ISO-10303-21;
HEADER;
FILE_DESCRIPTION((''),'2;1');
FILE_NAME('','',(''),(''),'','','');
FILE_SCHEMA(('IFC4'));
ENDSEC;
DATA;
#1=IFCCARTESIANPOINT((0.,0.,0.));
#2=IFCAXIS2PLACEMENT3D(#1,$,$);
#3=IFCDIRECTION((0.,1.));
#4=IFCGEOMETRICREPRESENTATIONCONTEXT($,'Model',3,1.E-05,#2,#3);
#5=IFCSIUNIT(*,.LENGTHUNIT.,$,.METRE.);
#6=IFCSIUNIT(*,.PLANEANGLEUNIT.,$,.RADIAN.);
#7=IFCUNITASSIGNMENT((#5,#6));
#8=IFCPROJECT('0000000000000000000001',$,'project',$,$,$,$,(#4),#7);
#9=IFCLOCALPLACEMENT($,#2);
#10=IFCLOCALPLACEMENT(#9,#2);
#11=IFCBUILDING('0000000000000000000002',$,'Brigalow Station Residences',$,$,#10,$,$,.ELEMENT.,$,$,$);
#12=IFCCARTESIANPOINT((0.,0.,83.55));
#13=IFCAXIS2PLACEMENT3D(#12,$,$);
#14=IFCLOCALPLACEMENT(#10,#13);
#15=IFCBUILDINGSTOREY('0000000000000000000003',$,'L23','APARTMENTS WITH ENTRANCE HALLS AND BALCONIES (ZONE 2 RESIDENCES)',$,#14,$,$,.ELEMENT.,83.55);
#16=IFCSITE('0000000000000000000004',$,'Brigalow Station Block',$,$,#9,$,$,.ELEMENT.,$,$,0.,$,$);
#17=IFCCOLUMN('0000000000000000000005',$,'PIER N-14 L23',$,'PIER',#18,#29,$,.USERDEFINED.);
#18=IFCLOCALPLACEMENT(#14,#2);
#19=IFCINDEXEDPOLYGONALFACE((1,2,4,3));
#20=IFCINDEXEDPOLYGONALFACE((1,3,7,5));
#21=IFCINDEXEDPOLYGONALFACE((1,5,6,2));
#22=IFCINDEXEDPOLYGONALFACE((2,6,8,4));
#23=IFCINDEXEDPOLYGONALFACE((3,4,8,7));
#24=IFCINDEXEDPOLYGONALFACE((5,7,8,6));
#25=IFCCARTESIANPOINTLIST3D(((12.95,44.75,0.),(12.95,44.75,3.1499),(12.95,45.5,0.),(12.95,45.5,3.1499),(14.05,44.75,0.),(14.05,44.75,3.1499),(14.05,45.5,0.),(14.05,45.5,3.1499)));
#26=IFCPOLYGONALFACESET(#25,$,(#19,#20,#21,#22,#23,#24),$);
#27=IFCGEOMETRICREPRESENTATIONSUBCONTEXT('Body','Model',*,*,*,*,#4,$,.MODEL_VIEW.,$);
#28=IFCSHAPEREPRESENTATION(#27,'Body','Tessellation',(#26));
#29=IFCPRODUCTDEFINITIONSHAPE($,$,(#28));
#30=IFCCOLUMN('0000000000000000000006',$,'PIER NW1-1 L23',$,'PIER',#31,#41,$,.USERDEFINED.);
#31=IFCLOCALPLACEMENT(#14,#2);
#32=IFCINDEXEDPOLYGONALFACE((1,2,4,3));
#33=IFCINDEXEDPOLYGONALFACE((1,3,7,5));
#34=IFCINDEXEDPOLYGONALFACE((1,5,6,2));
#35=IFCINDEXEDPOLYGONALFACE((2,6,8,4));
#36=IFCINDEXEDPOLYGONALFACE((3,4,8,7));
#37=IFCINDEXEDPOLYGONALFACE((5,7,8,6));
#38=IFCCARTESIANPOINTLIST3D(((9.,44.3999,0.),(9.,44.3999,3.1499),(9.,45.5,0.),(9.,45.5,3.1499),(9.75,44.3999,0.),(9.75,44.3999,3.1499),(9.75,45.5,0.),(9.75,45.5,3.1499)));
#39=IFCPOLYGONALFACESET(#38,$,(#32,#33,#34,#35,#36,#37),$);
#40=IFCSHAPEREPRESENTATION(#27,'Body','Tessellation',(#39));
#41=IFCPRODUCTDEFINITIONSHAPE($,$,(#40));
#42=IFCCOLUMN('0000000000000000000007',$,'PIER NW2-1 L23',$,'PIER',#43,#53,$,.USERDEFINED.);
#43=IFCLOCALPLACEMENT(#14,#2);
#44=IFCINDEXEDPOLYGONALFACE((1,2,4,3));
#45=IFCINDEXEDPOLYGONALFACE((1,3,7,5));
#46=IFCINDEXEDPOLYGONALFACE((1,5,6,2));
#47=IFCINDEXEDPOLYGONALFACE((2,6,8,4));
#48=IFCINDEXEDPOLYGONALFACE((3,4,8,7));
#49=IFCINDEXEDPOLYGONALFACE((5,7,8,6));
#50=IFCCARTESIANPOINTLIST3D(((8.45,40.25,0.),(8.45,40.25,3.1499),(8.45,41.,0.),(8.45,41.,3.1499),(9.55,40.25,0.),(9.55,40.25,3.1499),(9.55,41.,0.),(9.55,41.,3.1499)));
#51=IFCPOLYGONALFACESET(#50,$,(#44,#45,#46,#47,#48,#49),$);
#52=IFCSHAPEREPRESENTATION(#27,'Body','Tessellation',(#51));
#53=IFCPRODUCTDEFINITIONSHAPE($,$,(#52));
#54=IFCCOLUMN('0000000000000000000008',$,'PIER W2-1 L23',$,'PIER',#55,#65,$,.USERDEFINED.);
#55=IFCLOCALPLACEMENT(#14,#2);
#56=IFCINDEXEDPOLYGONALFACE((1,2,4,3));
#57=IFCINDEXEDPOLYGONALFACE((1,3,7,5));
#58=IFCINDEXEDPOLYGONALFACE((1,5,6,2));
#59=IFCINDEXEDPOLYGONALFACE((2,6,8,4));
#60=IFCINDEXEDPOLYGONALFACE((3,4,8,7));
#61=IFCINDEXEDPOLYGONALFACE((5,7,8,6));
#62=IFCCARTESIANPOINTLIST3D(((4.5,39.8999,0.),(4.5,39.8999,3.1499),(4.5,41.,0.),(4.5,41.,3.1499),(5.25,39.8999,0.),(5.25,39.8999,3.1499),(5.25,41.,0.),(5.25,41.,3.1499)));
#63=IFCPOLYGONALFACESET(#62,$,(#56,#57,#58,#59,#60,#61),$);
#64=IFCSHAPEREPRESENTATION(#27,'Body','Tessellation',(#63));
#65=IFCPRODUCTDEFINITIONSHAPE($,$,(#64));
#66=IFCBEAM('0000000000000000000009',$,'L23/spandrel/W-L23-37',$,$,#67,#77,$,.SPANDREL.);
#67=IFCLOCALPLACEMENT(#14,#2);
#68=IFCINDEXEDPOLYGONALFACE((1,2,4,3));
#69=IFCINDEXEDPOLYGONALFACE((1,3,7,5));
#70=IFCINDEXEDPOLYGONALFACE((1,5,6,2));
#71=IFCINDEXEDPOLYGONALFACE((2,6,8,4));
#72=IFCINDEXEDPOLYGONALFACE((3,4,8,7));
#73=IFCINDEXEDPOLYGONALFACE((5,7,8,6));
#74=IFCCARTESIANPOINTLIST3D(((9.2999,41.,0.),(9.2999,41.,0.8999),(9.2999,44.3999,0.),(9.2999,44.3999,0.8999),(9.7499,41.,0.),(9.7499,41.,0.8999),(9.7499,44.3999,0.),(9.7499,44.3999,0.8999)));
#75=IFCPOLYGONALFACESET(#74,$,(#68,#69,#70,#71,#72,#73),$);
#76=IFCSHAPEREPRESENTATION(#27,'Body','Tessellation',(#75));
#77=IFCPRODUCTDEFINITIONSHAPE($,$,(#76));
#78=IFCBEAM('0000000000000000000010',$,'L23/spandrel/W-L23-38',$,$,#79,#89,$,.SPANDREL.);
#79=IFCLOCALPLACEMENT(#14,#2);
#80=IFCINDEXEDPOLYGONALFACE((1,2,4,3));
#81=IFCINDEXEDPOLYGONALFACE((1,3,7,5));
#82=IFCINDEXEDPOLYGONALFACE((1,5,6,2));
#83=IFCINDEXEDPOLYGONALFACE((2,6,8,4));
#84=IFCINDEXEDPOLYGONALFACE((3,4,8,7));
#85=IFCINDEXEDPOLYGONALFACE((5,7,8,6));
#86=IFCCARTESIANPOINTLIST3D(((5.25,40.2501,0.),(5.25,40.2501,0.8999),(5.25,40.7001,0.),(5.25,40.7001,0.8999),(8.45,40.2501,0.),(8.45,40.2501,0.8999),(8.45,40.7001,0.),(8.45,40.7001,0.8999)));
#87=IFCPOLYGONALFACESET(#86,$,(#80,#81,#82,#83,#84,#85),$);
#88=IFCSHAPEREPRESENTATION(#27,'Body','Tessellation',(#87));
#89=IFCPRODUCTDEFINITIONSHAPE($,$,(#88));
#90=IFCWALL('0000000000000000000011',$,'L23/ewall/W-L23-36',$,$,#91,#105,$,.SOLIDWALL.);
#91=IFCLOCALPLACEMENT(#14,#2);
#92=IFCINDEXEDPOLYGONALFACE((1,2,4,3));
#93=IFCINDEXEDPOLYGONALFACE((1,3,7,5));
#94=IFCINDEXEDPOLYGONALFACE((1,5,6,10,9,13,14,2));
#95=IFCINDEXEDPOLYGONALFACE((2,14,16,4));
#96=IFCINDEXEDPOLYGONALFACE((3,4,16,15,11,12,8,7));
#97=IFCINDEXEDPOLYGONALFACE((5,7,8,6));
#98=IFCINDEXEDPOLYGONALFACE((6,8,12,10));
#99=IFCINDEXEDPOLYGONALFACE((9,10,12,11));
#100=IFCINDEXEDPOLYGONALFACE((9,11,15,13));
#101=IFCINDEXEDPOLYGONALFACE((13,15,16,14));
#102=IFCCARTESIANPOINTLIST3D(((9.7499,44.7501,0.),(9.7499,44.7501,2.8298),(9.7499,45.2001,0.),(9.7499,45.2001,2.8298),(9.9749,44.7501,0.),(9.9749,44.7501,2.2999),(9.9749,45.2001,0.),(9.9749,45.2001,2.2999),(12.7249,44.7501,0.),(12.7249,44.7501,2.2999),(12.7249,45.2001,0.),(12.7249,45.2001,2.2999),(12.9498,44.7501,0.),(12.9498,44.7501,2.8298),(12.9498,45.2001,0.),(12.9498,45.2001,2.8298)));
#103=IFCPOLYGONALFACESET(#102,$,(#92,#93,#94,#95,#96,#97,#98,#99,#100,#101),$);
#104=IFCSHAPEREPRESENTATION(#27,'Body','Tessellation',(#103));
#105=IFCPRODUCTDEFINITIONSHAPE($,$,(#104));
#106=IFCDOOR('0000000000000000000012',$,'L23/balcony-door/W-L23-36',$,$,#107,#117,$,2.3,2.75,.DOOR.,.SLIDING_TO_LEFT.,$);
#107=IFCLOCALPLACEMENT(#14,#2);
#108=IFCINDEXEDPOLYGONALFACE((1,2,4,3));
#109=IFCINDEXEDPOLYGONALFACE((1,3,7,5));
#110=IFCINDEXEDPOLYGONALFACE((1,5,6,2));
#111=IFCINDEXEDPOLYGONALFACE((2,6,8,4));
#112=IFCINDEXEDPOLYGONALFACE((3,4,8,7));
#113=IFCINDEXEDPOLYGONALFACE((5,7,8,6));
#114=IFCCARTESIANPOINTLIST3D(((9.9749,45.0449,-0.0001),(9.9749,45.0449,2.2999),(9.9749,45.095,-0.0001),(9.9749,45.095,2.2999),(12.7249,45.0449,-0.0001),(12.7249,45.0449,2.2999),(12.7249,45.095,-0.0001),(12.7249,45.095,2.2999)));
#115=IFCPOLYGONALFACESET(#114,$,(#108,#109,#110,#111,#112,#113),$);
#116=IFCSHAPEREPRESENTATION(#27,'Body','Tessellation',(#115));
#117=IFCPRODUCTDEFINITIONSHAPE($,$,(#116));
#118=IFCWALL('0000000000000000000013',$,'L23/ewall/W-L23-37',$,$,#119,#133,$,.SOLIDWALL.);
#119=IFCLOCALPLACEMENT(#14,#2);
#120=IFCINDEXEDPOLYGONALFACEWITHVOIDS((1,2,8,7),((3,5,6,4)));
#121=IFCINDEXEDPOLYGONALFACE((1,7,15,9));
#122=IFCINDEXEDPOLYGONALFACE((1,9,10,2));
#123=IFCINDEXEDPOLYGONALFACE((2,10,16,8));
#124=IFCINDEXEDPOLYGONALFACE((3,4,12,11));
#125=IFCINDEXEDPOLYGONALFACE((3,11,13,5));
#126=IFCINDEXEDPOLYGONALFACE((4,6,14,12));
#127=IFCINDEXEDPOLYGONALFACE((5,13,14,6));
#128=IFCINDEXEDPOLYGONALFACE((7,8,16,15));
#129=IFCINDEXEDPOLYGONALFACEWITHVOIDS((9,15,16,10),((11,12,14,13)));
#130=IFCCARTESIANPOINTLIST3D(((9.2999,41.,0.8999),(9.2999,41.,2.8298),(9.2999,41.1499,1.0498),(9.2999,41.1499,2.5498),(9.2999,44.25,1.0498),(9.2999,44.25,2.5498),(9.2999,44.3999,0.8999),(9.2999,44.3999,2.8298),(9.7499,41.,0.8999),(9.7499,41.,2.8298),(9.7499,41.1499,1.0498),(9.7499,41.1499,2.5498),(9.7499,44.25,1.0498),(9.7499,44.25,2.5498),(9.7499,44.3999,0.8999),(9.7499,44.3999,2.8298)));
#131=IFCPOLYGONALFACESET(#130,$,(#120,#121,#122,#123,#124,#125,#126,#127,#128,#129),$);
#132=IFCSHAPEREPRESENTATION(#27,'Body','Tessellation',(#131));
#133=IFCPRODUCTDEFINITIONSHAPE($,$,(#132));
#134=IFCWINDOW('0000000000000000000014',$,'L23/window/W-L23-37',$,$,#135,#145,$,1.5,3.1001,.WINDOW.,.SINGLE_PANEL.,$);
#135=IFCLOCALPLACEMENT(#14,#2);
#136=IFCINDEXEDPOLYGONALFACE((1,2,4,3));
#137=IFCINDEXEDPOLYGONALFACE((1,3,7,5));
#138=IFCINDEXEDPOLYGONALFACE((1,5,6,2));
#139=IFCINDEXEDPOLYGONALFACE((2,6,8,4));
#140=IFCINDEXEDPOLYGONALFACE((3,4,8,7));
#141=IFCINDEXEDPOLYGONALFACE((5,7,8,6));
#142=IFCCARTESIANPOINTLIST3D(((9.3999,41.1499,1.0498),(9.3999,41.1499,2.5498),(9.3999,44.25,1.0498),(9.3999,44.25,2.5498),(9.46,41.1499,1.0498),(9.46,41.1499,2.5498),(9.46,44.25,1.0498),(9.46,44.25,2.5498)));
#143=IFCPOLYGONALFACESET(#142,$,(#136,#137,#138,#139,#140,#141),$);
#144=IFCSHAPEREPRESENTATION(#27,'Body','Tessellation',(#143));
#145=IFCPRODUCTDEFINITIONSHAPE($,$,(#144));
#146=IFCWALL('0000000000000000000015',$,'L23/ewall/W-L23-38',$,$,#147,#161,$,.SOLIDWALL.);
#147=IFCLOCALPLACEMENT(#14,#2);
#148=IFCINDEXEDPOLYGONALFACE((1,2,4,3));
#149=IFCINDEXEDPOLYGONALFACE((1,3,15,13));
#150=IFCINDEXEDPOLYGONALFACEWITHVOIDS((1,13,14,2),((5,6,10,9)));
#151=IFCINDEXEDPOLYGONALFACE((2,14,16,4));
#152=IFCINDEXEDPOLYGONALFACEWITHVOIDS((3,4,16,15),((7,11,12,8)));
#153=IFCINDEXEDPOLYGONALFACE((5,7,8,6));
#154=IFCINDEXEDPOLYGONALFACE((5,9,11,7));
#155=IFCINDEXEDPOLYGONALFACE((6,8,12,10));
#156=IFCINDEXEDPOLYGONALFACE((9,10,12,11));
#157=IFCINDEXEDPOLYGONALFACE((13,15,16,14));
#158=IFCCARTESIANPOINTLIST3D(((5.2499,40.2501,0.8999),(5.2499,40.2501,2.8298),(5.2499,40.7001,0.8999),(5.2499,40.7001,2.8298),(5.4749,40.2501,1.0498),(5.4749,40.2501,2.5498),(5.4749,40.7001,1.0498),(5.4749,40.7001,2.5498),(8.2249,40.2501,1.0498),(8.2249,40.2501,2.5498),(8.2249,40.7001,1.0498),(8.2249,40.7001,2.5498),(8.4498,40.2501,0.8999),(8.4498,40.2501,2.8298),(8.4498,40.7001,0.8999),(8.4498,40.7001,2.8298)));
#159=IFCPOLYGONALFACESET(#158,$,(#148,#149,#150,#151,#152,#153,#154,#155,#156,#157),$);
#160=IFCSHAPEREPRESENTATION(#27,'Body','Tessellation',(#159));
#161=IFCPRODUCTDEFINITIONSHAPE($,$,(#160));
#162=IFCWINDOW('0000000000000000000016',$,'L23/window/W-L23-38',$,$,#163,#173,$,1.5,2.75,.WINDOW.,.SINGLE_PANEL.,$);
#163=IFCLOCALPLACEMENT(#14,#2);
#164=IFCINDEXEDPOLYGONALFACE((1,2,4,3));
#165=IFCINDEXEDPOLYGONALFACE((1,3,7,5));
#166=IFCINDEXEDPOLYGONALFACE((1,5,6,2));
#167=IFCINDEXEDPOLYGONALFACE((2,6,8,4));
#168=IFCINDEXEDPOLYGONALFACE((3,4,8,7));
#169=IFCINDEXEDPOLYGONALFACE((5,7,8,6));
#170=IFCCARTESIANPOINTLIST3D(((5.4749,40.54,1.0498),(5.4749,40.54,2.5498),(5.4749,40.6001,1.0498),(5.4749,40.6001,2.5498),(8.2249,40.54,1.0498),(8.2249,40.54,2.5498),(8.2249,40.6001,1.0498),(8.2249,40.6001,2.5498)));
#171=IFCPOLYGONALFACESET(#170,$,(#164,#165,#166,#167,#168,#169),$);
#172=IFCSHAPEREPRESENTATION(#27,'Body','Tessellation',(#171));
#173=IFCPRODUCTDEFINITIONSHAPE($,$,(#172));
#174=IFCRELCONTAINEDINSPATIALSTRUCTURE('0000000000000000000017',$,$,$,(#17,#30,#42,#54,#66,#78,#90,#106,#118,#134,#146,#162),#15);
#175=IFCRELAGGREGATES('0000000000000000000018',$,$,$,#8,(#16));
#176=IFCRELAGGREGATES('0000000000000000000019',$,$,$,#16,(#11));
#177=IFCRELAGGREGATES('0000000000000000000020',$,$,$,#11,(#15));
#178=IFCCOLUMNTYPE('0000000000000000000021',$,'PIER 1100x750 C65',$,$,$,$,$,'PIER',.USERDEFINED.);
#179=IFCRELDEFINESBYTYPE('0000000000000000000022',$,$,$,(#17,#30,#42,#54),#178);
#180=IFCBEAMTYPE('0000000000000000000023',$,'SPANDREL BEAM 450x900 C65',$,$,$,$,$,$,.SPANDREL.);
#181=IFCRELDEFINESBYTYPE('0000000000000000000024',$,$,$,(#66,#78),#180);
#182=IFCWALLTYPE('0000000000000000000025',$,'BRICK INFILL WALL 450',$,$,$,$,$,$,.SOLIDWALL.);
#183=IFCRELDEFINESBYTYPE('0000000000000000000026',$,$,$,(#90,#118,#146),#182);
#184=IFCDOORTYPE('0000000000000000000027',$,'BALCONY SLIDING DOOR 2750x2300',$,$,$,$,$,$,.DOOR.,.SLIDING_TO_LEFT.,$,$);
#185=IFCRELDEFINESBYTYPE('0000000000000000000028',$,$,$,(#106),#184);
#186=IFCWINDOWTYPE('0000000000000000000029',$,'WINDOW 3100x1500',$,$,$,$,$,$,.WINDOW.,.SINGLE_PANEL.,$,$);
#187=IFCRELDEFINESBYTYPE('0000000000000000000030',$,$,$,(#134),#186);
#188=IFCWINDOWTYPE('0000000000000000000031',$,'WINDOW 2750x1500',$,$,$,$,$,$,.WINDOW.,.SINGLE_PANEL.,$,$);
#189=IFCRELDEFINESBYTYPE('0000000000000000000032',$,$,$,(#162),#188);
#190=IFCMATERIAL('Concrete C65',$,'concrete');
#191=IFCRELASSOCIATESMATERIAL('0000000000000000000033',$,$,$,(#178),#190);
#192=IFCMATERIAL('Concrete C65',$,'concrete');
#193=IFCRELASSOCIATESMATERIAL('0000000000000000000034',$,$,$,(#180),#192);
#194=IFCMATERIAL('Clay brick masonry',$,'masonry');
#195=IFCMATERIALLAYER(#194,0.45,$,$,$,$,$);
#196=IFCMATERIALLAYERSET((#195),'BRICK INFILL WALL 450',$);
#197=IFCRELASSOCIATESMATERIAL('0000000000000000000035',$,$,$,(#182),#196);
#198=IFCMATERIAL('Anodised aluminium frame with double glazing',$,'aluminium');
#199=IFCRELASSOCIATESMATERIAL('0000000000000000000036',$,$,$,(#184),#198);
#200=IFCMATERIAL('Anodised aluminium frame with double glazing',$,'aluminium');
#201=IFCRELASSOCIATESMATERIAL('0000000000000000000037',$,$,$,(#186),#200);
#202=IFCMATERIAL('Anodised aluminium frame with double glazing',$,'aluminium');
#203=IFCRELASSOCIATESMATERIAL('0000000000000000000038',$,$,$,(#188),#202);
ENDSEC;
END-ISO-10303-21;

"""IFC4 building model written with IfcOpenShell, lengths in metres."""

from ifc_helpers import new_model, si_unit, direction, frame, frame_2d, origin, origin_2d, place, context, subcontext, project, spatial, rectangle, extrude, material, layer, layer_set, material_profile, profile_set, type_object, element, fill, save


model = new_model("IFC4")

# Units and contexts
model_context = context("Model", 3, precision=1e-05, world=origin(), true_north=direction((0.0, 1.0)))
body_context = subcontext(model_context, "Body", "Model", "MODEL_VIEW")
ifc_project = project(units=[si_unit("LENGTHUNIT", "METRE"), si_unit("PLANEANGLEUNIT", "RADIAN")], contexts=[model_context])

# Site, building, storey
site_placement = place(None, origin())
site = spatial("IfcSite", under=ifc_project, at=site_placement, Name="Brigalow Station Block", CompositionType="ELEMENT", RefElevation=0.0)
building_placement = place(site_placement, origin())
building = spatial("IfcBuilding", under=site, at=building_placement, Name="Brigalow Station Residences", CompositionType="ELEMENT")
storey_placement = place(building_placement, frame((0.0, 0.0, 83.55)))
storey = spatial("IfcBuildingStorey", under=building, at=storey_placement, Name="L23", Description="APARTMENTS WITH ENTRANCE HALLS AND BALCONIES (ZONE 2 RESIDENCES)", CompositionType="ELEMENT", Elevation=83.55)

# Columns
ifc_material_1 = material(Name="Concrete C65", Category="concrete")
ifc_material_profile_1 = material_profile(ifc_material_1, rectangle(XDim=1.1001, YDim=0.75, at=origin_2d()), Name="RC1100x750")
ifc_profile_set_1 = profile_set([ifc_material_profile_1], Name="Concrete C65")
column_type = type_object("IfcColumnType", Name="PIER 1100x750 C65", ElementType="PIER", PredefinedType="USERDEFINED", material=ifc_profile_set_1)
for number, where, z_axis, x_axis, name in (
    (1, (13.5, 45.125, 0.0), (0.0, 0.0, 1.0), (-1.0, 0.0, 0.0), "PIER N-14 L23"),
    (2, (9.375, 44.95, 0.0), (0.0, 0.0, 1.0), (0.0, -1.0, 0.0), "PIER NW1-1 L23"),
    (3, (9.0, 40.625, 0.0), (0.0, 0.0, 1.0), (-1.0, 0.0, 0.0), "PIER NW2-1 L23"),
    (4, (4.875, 40.45, 0.0), (0.0, 0.0, 1.0), (0.0, -1.0, 0.0), "PIER W2-1 L23"),
):
    element("IfcColumn", number, at=place(storey_placement, frame(where, z_axis=z_axis, x_axis=x_axis)), inside=storey, type_object=column_type, Name=name, ObjectType="PIER", PredefinedType="USERDEFINED", context=body_context, shape_type="SweptSolid", body=[
        extrude(rectangle(XDim=1.1001, YDim=0.75, at=origin_2d()), origin(), (0.0, 0.0, 1.0), 3.1499),
    ])

# Beams
ifc_material_2 = material(Name="Concrete C65", Category="concrete")
ifc_material_profile_2 = material_profile(ifc_material_2, rectangle(XDim=0.45, YDim=0.8999, at=origin_2d()), Name="RC450x900")
ifc_profile_set_2 = profile_set([ifc_material_profile_2], Name="Concrete C65")
beam_type = type_object("IfcBeamType", Name="SPANDREL BEAM 450x900 C65", PredefinedType="SPANDREL", material=ifc_profile_set_2)
beam_1_placement = place(storey_placement, frame((9.5249, 44.3999, 0.45), z_axis=(0.0, -1.0, 0.0), x_axis=(1.0, 0.0, 0.0)))
element("IfcBeam", 5, at=beam_1_placement, inside=storey, type_object=beam_type, Name="L23/spandrel/W-L23-37", PredefinedType="SPANDREL", context=body_context, shape_type="SweptSolid", body=[
    extrude(rectangle(XDim=0.45, YDim=0.8999, at=origin_2d()), origin(), (0.0, 0.0, 1.0), 3.3999),
])
beam_2_placement = place(storey_placement, frame((8.45, 40.4751, 0.45), z_axis=(-1.0, 0.0, 0.0), x_axis=(0.0, -1.0, 0.0)))
element("IfcBeam", 6, at=beam_2_placement, inside=storey, type_object=beam_type, Name="L23/spandrel/W-L23-38", PredefinedType="SPANDREL", context=body_context, shape_type="SweptSolid", body=[
    extrude(rectangle(XDim=0.45, YDim=0.8999, at=origin_2d()), origin(), (0.0, 0.0, 1.0), 3.2),
])

# Wall, opening, door
ifc_material_3 = material(Name="Clay brick masonry", Category="masonry")
ifc_layer_1 = layer(ifc_material_3, 0.45)
ifc_layer_set_1 = layer_set([ifc_layer_1], Name="BRICK INFILL WALL 450")
wall_type_1 = type_object("IfcWallType", Name="BRICK INFILL WALL 450", PredefinedType="SOLIDWALL", material=ifc_layer_set_1)
wall_1_placement = place(storey_placement, frame((12.95, 44.9751, 0.0), z_axis=(0.0, 0.0, 1.0), x_axis=(-1.0, 0.0, 0.0)))
wall_1 = element("IfcWall", 7, at=wall_1_placement, inside=storey, type_object=wall_type_1, Name="L23/ewall/W-L23-36", PredefinedType="SOLIDWALL", context=body_context, shape_type="SweptSolid", body=[
    extrude(rectangle(XDim=3.2, YDim=0.45, at=frame_2d((1.6001, 0.0))), origin(), (0.0, 0.0, 1.0), 2.8298),
])
opening_1_placement = place(wall_1_placement, frame((0.2251, 0.0, 0.0)))
opening_1 = element("IfcOpeningElement", 8, at=opening_1_placement, cuts=wall_1, PredefinedType="OPENING", context=body_context, shape_type="SweptSolid", body=[
    extrude(rectangle(XDim=2.75, YDim=2.3, at=frame_2d((1.375, 1.1499))), frame((0.0, 0.2349, 0.0), z_axis=(0.0, -1.0, 0.0), x_axis=(1.0, 0.0, 0.0)), (0.0, 0.0, 1.0), 0.47),
])
ifc_material_4 = material(Name="Anodised aluminium frame with double glazing", Category="aluminium")
door_type_1 = type_object("IfcDoorType", Name="BALCONY SLIDING DOOR 2750x2300", OperationType="SLIDING_TO_LEFT", PredefinedType="DOOR", material=ifc_material_4)
door_1_placement = place(opening_1_placement, origin())
door_1 = element("IfcDoor", 9, at=door_1_placement, inside=storey, type_object=door_type_1, Name="L23/balcony-door/W-L23-36", OperationType="SLIDING_TO_LEFT", OverallHeight=2.3, OverallWidth=2.75, PredefinedType="DOOR", context=body_context, shape_type="SweptSolid", body=[
    extrude(rectangle(XDim=2.75, YDim=2.3, at=frame_2d((1.375, 1.1499))), frame((0.0, -0.0698, 0.0), z_axis=(0.0, -1.0, 0.0), x_axis=(1.0, 0.0, 0.0)), (0.0, 0.0, 1.0), 0.05),
])
fill(opening_1, door_1)

# Walls, openings, windows
wall_2_placement = place(storey_placement, frame((9.5249, 44.3999, 0.8999), z_axis=(0.0, 0.0, 1.0), x_axis=(0.0, -1.0, 0.0)))
wall_2 = element("IfcWall", 10, at=wall_2_placement, inside=storey, type_object=wall_type_1, Name="L23/ewall/W-L23-37", PredefinedType="SOLIDWALL", context=body_context, shape_type="SweptSolid", body=[
    extrude(rectangle(XDim=3.3999, YDim=0.45, at=frame_2d((1.7, 0.0))), origin(), (0.0, 0.0, 1.0), 1.9299),
])
opening_2_placement = place(wall_2_placement, frame((0.1499, 0.0, 0.1499)))
opening_2 = element("IfcOpeningElement", 11, at=opening_2_placement, cuts=wall_2, PredefinedType="OPENING", context=body_context, shape_type="SweptSolid", body=[
    extrude(rectangle(XDim=3.1001, YDim=1.5, at=frame_2d((1.55, 0.75))), frame((0.0, 0.2349, 0.0), z_axis=(0.0, -1.0, 0.0), x_axis=(1.0, 0.0, 0.0)), (0.0, 0.0, 1.0), 0.47),
])
ifc_material_5 = material(Name="Anodised aluminium frame with double glazing", Category="aluminium")
window_type_1 = type_object("IfcWindowType", Name="WINDOW 3100x1500", PartitioningType="SINGLE_PANEL", PredefinedType="WINDOW", material=ifc_material_5)
window_1_placement = place(opening_2_placement, origin())
window_1 = element("IfcWindow", 12, at=window_1_placement, inside=storey, type_object=window_type_1, Name="L23/window/W-L23-37", OverallHeight=1.5, OverallWidth=3.1001, PartitioningType="SINGLE_PANEL", PredefinedType="WINDOW", context=body_context, shape_type="SweptSolid", body=[
    extrude(rectangle(XDim=3.1001, YDim=1.5, at=frame_2d((1.55, 0.75))), frame((0.0, -0.0649, 0.0), z_axis=(0.0, -1.0, 0.0), x_axis=(1.0, 0.0, 0.0)), (0.0, 0.0, 1.0), 0.0601),
])
fill(opening_2, window_1)
wall_3_placement = place(storey_placement, frame((8.45, 40.4751, 0.8999), z_axis=(0.0, 0.0, 1.0), x_axis=(-1.0, 0.0, 0.0)))
wall_3 = element("IfcWall", 13, at=wall_3_placement, inside=storey, type_object=wall_type_1, Name="L23/ewall/W-L23-38", PredefinedType="SOLIDWALL", context=body_context, shape_type="SweptSolid", body=[
    extrude(rectangle(XDim=3.2, YDim=0.45, at=frame_2d((1.6001, 0.0))), origin(), (0.0, 0.0, 1.0), 1.9299),
])
opening_3_placement = place(wall_3_placement, frame((0.2251, 0.0, 0.1499)))
opening_3 = element("IfcOpeningElement", 14, at=opening_3_placement, cuts=wall_3, PredefinedType="OPENING", context=body_context, shape_type="SweptSolid", body=[
    extrude(rectangle(XDim=2.75, YDim=1.5, at=frame_2d((1.375, 0.75))), frame((0.0, 0.2349, 0.0), z_axis=(0.0, -1.0, 0.0), x_axis=(1.0, 0.0, 0.0)), (0.0, 0.0, 1.0), 0.47),
])
ifc_material_6 = material(Name="Anodised aluminium frame with double glazing", Category="aluminium")
window_type_2 = type_object("IfcWindowType", Name="WINDOW 2750x1500", PartitioningType="SINGLE_PANEL", PredefinedType="WINDOW", material=ifc_material_6)
window_2_placement = place(opening_3_placement, origin())
window_2 = element("IfcWindow", 15, at=window_2_placement, inside=storey, type_object=window_type_2, Name="L23/window/W-L23-38", OverallHeight=1.5, OverallWidth=2.75, PartitioningType="SINGLE_PANEL", PredefinedType="WINDOW", context=body_context, shape_type="SweptSolid", body=[
    extrude(rectangle(XDim=2.75, YDim=1.5, at=frame_2d((1.375, 0.75))), frame((0.0, -0.0649, 0.0), z_axis=(0.0, -1.0, 0.0), x_axis=(1.0, 0.0, 0.0)), (0.0, 0.0, 1.0), 0.0601),
])
fill(opening_3, window_2)

save(model, "model.ifc")
